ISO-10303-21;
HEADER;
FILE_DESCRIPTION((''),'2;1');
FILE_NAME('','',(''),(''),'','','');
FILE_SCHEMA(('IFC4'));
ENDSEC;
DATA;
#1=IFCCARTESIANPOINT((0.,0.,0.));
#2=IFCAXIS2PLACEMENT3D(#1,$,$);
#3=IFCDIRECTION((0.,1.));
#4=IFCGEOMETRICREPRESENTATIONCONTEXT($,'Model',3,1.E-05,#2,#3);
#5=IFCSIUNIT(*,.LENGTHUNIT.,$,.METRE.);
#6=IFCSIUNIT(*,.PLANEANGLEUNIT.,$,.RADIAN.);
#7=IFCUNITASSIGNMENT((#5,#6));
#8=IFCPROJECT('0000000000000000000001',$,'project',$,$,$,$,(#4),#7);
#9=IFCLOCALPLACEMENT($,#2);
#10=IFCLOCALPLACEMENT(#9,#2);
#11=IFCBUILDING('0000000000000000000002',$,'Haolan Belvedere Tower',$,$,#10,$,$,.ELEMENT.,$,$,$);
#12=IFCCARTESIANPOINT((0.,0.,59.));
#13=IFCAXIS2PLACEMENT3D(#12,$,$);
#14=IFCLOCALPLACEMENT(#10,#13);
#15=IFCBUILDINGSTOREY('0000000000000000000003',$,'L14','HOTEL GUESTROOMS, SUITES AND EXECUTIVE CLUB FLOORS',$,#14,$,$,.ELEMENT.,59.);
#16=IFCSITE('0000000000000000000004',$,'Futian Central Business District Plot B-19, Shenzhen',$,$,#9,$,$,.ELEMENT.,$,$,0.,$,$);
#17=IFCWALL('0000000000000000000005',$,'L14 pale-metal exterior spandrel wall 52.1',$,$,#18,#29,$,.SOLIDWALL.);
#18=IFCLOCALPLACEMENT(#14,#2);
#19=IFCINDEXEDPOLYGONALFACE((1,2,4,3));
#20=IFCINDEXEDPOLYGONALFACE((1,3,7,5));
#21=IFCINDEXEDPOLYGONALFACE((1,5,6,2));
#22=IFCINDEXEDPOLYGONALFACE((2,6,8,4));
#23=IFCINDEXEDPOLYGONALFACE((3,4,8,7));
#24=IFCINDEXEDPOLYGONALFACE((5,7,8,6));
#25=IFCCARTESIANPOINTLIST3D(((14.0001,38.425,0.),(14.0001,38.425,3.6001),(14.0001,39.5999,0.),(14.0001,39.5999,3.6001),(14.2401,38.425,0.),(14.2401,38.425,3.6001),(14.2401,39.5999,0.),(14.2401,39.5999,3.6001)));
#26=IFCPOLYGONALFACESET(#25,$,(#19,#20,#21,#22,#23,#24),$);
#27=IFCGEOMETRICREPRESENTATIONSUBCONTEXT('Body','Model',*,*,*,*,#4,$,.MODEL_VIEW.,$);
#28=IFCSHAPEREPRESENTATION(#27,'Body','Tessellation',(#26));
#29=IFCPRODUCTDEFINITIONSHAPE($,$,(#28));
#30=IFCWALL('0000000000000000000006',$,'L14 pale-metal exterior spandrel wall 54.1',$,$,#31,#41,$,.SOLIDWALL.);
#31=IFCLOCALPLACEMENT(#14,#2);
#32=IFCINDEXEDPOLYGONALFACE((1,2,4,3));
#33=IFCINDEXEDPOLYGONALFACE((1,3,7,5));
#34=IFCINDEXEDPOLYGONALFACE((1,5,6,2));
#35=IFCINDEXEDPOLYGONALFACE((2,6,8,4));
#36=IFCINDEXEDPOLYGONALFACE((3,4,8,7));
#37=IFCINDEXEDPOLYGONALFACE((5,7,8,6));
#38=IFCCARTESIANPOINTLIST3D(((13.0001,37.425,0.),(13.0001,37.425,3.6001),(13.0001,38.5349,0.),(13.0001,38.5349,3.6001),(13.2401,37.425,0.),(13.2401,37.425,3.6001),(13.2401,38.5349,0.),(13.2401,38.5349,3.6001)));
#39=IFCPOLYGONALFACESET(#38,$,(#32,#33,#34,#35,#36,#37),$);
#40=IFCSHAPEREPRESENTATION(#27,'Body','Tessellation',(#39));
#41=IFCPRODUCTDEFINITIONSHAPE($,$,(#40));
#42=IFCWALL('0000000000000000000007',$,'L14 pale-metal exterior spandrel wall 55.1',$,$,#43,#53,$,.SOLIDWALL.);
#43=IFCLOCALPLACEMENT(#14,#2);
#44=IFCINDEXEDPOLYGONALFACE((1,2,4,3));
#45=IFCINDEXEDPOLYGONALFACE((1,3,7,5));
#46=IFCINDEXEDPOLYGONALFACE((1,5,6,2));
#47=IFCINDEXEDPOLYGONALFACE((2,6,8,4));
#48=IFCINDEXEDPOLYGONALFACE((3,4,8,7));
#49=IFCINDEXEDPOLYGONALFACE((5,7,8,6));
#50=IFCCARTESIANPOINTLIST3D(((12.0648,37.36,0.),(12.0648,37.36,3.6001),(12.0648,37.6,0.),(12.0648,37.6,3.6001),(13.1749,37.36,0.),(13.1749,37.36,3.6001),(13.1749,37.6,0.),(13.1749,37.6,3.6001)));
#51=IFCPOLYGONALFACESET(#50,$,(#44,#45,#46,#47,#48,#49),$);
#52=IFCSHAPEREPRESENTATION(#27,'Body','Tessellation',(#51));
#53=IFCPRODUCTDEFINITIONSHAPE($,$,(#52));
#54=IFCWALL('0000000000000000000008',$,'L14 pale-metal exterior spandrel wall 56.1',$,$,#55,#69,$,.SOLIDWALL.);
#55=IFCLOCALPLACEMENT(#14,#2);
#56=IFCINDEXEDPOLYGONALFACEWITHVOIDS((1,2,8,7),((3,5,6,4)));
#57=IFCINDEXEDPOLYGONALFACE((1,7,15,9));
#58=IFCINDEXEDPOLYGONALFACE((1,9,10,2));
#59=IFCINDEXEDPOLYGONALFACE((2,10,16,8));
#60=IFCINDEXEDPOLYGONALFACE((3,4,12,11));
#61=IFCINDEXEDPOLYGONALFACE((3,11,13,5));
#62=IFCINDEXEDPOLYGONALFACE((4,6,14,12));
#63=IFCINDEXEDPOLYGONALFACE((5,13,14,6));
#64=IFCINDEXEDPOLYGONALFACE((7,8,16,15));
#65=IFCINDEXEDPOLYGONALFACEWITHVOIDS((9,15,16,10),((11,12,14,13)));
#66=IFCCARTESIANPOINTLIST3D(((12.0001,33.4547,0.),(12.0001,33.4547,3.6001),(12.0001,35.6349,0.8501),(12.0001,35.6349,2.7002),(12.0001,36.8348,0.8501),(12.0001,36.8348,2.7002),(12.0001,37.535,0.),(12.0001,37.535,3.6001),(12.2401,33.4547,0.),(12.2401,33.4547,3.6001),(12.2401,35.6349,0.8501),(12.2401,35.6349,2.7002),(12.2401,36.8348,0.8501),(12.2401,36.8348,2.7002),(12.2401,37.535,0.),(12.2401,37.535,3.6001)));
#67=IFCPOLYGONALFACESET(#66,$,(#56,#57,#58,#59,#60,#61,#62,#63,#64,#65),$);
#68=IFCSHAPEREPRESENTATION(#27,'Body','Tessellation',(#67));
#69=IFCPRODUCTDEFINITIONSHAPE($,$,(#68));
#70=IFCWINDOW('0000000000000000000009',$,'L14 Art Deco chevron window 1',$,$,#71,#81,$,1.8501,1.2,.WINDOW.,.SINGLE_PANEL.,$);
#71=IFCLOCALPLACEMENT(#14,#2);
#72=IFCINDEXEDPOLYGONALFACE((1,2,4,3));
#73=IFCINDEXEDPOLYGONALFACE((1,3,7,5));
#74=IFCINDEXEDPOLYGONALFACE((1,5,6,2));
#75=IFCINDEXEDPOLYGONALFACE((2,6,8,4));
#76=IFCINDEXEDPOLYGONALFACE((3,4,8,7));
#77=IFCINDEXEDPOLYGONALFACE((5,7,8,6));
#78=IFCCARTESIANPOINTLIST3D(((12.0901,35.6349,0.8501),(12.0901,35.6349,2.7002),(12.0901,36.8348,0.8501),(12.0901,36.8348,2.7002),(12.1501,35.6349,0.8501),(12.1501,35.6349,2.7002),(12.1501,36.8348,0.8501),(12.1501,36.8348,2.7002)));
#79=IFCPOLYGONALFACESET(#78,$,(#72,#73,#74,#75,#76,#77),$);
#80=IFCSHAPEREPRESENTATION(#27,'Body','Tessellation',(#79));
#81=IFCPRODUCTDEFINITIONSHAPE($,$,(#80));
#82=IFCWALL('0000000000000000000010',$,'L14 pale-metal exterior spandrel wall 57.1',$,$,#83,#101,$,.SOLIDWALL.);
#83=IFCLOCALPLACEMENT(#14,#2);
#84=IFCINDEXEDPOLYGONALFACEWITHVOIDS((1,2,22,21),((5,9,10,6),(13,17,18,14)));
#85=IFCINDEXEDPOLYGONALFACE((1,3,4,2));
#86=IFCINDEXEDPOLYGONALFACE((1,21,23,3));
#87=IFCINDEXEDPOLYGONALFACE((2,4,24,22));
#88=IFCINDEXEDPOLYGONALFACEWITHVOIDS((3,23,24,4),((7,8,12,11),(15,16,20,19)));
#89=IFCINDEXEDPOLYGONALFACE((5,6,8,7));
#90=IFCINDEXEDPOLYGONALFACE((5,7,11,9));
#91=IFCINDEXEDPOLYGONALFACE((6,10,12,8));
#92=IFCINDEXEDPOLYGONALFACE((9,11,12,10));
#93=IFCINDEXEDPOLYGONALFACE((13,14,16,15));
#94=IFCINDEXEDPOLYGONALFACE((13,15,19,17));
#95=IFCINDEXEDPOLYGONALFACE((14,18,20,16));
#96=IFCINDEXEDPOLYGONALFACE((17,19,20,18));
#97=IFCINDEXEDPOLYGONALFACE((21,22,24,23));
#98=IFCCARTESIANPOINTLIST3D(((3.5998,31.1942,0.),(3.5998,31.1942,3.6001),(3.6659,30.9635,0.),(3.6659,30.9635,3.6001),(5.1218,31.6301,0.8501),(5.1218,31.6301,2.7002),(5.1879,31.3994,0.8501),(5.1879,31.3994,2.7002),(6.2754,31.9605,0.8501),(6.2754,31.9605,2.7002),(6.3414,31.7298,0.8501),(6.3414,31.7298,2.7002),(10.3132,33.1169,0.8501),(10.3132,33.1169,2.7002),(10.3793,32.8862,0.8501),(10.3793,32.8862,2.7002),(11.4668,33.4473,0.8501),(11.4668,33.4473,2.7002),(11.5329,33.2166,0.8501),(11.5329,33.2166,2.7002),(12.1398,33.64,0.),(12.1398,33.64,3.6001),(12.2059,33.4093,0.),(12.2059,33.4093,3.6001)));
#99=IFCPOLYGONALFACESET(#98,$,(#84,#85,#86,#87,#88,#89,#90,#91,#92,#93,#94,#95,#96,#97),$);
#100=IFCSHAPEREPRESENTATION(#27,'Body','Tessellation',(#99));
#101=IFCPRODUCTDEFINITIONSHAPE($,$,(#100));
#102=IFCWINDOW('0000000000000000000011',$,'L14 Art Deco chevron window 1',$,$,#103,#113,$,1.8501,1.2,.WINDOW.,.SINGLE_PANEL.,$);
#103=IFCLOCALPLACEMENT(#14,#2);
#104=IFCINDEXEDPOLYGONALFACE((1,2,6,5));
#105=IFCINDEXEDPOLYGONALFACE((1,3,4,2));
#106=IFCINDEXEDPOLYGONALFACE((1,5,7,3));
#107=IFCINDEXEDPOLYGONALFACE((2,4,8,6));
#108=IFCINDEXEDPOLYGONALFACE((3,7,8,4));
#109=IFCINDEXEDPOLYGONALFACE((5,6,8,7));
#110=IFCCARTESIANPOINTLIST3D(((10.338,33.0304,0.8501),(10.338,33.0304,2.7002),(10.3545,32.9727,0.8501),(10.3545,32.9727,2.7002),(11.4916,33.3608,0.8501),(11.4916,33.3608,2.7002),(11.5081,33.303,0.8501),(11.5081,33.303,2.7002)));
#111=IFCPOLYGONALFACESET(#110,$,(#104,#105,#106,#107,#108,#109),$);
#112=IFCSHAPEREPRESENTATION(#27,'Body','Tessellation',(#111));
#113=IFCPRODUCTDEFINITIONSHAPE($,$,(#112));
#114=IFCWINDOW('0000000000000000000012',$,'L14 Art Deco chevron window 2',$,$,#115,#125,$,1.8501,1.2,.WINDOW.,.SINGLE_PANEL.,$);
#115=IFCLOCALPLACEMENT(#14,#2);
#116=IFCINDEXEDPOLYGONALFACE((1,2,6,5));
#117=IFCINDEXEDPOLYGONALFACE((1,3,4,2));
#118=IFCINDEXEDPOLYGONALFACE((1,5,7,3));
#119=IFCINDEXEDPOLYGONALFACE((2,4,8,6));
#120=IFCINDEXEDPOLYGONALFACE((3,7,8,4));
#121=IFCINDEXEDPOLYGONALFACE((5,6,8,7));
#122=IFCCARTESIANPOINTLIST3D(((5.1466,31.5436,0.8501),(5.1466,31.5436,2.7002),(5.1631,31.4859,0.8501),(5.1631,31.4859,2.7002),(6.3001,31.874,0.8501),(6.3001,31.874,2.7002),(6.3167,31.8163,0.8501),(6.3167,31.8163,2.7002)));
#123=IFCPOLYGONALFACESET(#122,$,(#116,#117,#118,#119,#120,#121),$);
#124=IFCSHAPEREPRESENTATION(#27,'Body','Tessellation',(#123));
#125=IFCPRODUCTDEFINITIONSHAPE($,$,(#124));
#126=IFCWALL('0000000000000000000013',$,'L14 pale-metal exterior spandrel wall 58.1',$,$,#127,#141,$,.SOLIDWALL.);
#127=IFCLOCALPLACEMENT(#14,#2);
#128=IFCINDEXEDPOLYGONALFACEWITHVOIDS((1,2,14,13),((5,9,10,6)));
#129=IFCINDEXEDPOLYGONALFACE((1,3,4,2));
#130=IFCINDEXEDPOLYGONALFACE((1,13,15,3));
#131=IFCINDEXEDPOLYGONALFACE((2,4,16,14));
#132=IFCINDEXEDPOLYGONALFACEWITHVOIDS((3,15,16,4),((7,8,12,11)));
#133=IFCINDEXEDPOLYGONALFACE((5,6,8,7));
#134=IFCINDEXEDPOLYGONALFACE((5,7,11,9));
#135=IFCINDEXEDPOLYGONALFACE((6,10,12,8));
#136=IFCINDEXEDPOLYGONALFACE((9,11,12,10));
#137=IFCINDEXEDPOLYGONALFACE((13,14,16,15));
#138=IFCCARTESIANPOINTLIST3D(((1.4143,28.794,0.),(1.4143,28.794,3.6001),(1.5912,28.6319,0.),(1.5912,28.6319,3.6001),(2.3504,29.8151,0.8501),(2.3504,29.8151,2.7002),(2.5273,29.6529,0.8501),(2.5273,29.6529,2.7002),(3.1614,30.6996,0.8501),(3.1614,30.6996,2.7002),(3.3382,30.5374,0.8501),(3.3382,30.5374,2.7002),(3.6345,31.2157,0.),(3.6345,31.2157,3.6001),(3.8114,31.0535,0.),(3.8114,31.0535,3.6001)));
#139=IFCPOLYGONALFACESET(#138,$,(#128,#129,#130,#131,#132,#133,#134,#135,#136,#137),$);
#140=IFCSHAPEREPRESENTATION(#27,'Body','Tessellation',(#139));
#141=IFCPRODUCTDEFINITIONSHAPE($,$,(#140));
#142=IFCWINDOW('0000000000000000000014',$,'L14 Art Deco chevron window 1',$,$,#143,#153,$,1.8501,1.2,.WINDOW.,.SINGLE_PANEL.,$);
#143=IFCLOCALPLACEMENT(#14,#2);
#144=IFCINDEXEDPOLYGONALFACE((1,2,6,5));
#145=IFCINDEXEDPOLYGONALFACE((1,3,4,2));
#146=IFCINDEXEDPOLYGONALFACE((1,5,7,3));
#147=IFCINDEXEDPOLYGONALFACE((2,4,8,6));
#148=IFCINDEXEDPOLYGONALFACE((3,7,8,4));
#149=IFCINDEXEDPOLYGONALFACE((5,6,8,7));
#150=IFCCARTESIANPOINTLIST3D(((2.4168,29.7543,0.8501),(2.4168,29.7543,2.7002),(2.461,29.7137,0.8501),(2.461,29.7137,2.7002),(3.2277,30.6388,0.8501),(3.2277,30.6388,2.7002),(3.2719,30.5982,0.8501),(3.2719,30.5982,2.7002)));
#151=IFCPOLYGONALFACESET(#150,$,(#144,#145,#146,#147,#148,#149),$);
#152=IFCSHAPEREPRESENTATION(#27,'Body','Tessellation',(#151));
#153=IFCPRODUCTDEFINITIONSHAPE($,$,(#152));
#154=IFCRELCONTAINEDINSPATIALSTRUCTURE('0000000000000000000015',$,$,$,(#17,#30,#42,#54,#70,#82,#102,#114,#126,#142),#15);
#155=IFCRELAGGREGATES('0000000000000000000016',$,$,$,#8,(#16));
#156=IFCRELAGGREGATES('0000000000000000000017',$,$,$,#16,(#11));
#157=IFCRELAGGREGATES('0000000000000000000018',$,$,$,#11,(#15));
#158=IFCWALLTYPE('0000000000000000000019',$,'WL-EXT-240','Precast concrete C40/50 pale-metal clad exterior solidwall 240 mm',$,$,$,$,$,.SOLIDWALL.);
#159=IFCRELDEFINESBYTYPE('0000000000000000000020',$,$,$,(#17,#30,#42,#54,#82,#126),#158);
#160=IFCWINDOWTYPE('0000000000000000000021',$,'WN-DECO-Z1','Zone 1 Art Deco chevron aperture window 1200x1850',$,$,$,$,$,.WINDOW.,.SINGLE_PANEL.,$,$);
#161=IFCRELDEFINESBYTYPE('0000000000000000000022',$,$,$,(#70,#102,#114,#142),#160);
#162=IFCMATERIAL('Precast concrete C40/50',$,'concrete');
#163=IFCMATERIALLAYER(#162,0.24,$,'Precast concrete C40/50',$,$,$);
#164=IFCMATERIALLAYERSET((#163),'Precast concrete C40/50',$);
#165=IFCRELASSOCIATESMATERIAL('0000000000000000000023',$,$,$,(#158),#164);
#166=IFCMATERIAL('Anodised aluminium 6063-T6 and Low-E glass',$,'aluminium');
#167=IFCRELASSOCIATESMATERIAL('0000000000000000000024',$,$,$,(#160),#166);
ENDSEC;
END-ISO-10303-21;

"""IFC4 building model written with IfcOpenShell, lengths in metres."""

from ifc_helpers import new_model, si_unit, direction, frame, frame_2d, origin, place, context, subcontext, project, spatial, rectangle, extrude, material, layer, layer_set, type_object, element, fill, save


model = new_model("IFC4")

# Units and contexts
model_context = context("Model", 3, precision=1e-05, world=origin(), true_north=direction((0.0, 1.0)))
body_context = subcontext(model_context, "Body", "Model", "MODEL_VIEW")
ifc_project = project(units=[si_unit("LENGTHUNIT", "METRE"), si_unit("PLANEANGLEUNIT", "RADIAN")], contexts=[model_context])

# Site, building, storey
site_placement = place(None, origin())
site = spatial("IfcSite", under=ifc_project, at=site_placement, Name="Futian Central Business District Plot B-19, Shenzhen", CompositionType="ELEMENT", RefElevation=0.0)
building_placement = place(site_placement, origin())
building = spatial("IfcBuilding", under=site, at=building_placement, Name="Haolan Belvedere Tower", CompositionType="ELEMENT")
storey_placement = place(building_placement, frame((0.0, 0.0, 59.0)))
storey = spatial("IfcBuildingStorey", under=building, at=storey_placement, Name="L14", Description="HOTEL GUESTROOMS, SUITES AND EXECUTIVE CLUB FLOORS", CompositionType="ELEMENT", Elevation=59.0)

# Walls
ifc_material_1 = material(Name="Precast concrete C40/50", Category="concrete")
ifc_layer_1 = layer(ifc_material_1, 0.24, Name="Precast concrete C40/50")
ifc_layer_set_1 = layer_set([ifc_layer_1], Name="Precast concrete C40/50")
wall_type_1 = type_object("IfcWallType", Name="WL-EXT-240", Description="Precast concrete C40/50 pale-metal clad exterior solidwall 240 mm", PredefinedType="SOLIDWALL", material=ifc_layer_set_1)
wall_1_placement = place(storey_placement, frame((14.1201, 39.5999, 0.0), z_axis=(0.0, 0.0, 1.0), x_axis=(0.0, -1.0, 0.0)))
element("IfcWall", 1, at=wall_1_placement, inside=storey, type_object=wall_type_1, Name="L14 pale-metal exterior spandrel wall 52.1", PredefinedType="SOLIDWALL", context=body_context, shape_type="SweptSolid", body=[
    extrude(rectangle(XDim=1.1748, YDim=0.24, at=frame_2d((0.5874, 0.0))), origin(), (0.0, 0.0, 1.0), 3.6001),
])
wall_2_placement = place(storey_placement, frame((13.1201, 38.5349, 0.0), z_axis=(0.0, 0.0, 1.0), x_axis=(0.0, -1.0, 0.0)))
element("IfcWall", 2, at=wall_2_placement, inside=storey, type_object=wall_type_1, Name="L14 pale-metal exterior spandrel wall 54.1", PredefinedType="SOLIDWALL", context=body_context, shape_type="SweptSolid", body=[
    extrude(rectangle(XDim=1.1099, YDim=0.24, at=frame_2d((0.5549, 0.0))), origin(), (0.0, 0.0, 1.0), 3.6001),
])
wall_3_placement = place(storey_placement, frame((13.175, 37.48, 0.0), z_axis=(0.0, 0.0, 1.0), x_axis=(-1.0, 0.0, 0.0)))
element("IfcWall", 3, at=wall_3_placement, inside=storey, type_object=wall_type_1, Name="L14 pale-metal exterior spandrel wall 55.1", PredefinedType="SOLIDWALL", context=body_context, shape_type="SweptSolid", body=[
    extrude(rectangle(XDim=1.1101, YDim=0.24, at=frame_2d((0.5552, 0.0))), origin(), (0.0, 0.0, 1.0), 3.6001),
])

# Wall, opening, window
wall_4_placement = place(storey_placement, frame((12.1201, 37.5349, 0.0), z_axis=(0.0, 0.0, 1.0), x_axis=(0.0, -1.0, 0.0)))
wall_4 = element("IfcWall", 4, at=wall_4_placement, inside=storey, type_object=wall_type_1, Name="L14 pale-metal exterior spandrel wall 56.1", PredefinedType="SOLIDWALL", context=body_context, shape_type="SweptSolid", body=[
    extrude(rectangle(XDim=4.0803, YDim=0.24, at=frame_2d((2.04, 0.0))), origin(), (0.0, 0.0, 1.0), 3.6001),
])
opening_1_placement = place(wall_4_placement, frame((0.7, 0.0, 0.8501)))
opening_1 = element("IfcOpeningElement", 5, at=opening_1_placement, cuts=wall_4, PredefinedType="OPENING", context=body_context, shape_type="SweptSolid", body=[
    extrude(rectangle(XDim=1.2, YDim=1.8501, at=frame_2d((0.6001, 0.925))), frame((0.0, 0.1299, 0.0), z_axis=(0.0, -1.0, 0.0), x_axis=(1.0, 0.0, 0.0)), (0.0, 0.0, 1.0), 0.26),
])
ifc_material_2 = material(Name="Anodised aluminium 6063-T6 and Low-E glass", Category="aluminium")
window_type = type_object("IfcWindowType", Name="WN-DECO-Z1", Description="Zone 1 Art Deco chevron aperture window 1200x1850", PartitioningType="SINGLE_PANEL", PredefinedType="WINDOW", material=ifc_material_2)
window_1_placement = place(opening_1_placement, origin())
window_1 = element("IfcWindow", 6, at=window_1_placement, inside=storey, type_object=window_type, Name="L14 Art Deco chevron window 1", OverallHeight=1.8501, OverallWidth=1.2, PartitioningType="SINGLE_PANEL", PredefinedType="WINDOW", context=body_context, shape_type="SweptSolid", body=[
    extrude(rectangle(XDim=1.2, YDim=1.8501, at=frame_2d((0.6001, 0.925))), frame((0.0, 0.03, 0.0), z_axis=(0.0, -1.0, 0.0), x_axis=(1.0, 0.0, 0.0)), (0.0, 0.0, 1.0), 0.0601),
])
fill(opening_1, window_1)

# Wall, openings, windows
wall_5_placement = place(storey_placement, frame((12.1729, 33.5247, 0.0), z_axis=(0.0, 0.0, 1.0), x_axis=(-0.961352, -0.275324, 0.0)))
wall_5 = element("IfcWall", 7, at=wall_5_placement, inside=storey, type_object=wall_type_1, Name="L14 pale-metal exterior spandrel wall 57.1", PredefinedType="SOLIDWALL", context=body_context, shape_type="SweptSolid", body=[
    extrude(rectangle(XDim=8.8833, YDim=0.24, at=frame_2d((4.4417, 0.0))), origin(), (0.0, 0.0, 1.0), 3.6001),
])
opening_2_placement = place(wall_5_placement, frame((0.7, 0.0, 0.8501)))
opening_2 = element("IfcOpeningElement", 8, at=opening_2_placement, cuts=wall_5, PredefinedType="OPENING", context=body_context, shape_type="SweptSolid", body=[
    extrude(rectangle(XDim=1.2, YDim=1.8501, at=frame_2d((0.6001, 0.925))), frame((0.0, 0.1299, 0.0), z_axis=(0.0, -1.0, 0.0), x_axis=(1.0, 0.0, 0.0)), (0.0, 0.0, 1.0), 0.26),
])
opening_3_placement = place(wall_5_placement, frame((6.1001, 0.0, 0.8501)))
opening_3 = element("IfcOpeningElement", 9, at=opening_3_placement, cuts=wall_5, PredefinedType="OPENING", context=body_context, shape_type="SweptSolid", body=[
    extrude(rectangle(XDim=1.2, YDim=1.8501, at=frame_2d((0.6001, 0.925))), frame((0.0, 0.1299, 0.0), z_axis=(0.0, -1.0, 0.0), x_axis=(1.0, 0.0, 0.0)), (0.0, 0.0, 1.0), 0.26),
])
window_2_placement = place(opening_2_placement, origin())
window_2 = element("IfcWindow", 10, at=window_2_placement, inside=storey, type_object=window_type, Name="L14 Art Deco chevron window 1", OverallHeight=1.8501, OverallWidth=1.2, PartitioningType="SINGLE_PANEL", PredefinedType="WINDOW", context=body_context, shape_type="SweptSolid", body=[
    extrude(rectangle(XDim=1.2, YDim=1.8501, at=frame_2d((0.6001, 0.925))), frame((0.0, 0.03, 0.0), z_axis=(0.0, -1.0, 0.0), x_axis=(1.0, 0.0, 0.0)), (0.0, 0.0, 1.0), 0.0601),
])
fill(opening_2, window_2)
window_3_placement = place(opening_3_placement, origin())
window_3 = element("IfcWindow", 11, at=window_3_placement, inside=storey, type_object=window_type, Name="L14 Art Deco chevron window 2", OverallHeight=1.8501, OverallWidth=1.2, PartitioningType="SINGLE_PANEL", PredefinedType="WINDOW", context=body_context, shape_type="SweptSolid", body=[
    extrude(rectangle(XDim=1.2, YDim=1.8501, at=frame_2d((0.6001, 0.925))), frame((0.0, 0.03, 0.0), z_axis=(0.0, -1.0, 0.0), x_axis=(1.0, 0.0, 0.0)), (0.0, 0.0, 1.0), 0.0601),
])
fill(opening_3, window_3)

# Wall, opening, window
wall_6_placement = place(storey_placement, frame((3.7229, 31.1345, 0.0), z_axis=(0.0, 0.0, 1.0), x_axis=(-0.675789, -0.737096, 0.0)))
wall_6 = element("IfcWall", 12, at=wall_6_placement, inside=storey, type_object=wall_type_1, Name="L14 pale-metal exterior spandrel wall 58.1", PredefinedType="SOLIDWALL", context=body_context, shape_type="SweptSolid", body=[
    extrude(rectangle(XDim=3.2854, YDim=0.24, at=frame_2d((1.6426, 0.0))), origin(), (0.0, 0.0, 1.0), 3.6001),
])
opening_4_placement = place(wall_6_placement, frame((0.7, 0.0, 0.8501)))
opening_4 = element("IfcOpeningElement", 13, at=opening_4_placement, cuts=wall_6, PredefinedType="OPENING", context=body_context, shape_type="SweptSolid", body=[
    extrude(rectangle(XDim=1.2, YDim=1.8501, at=frame_2d((0.6001, 0.925))), frame((0.0, 0.1299, 0.0), z_axis=(0.0, -1.0, 0.0), x_axis=(1.0, 0.0, 0.0)), (0.0, 0.0, 1.0), 0.26),
])
window_4_placement = place(opening_4_placement, origin())
window_4 = element("IfcWindow", 14, at=window_4_placement, inside=storey, type_object=window_type, Name="L14 Art Deco chevron window 1", OverallHeight=1.8501, OverallWidth=1.2, PartitioningType="SINGLE_PANEL", PredefinedType="WINDOW", context=body_context, shape_type="SweptSolid", body=[
    extrude(rectangle(XDim=1.2, YDim=1.8501, at=frame_2d((0.6001, 0.925))), frame((0.0, 0.03, 0.0), z_axis=(0.0, -1.0, 0.0), x_axis=(1.0, 0.0, 0.0)), (0.0, 0.0, 1.0), 0.0601),
])
fill(opening_4, window_4)

save(model, "model.ifc")
